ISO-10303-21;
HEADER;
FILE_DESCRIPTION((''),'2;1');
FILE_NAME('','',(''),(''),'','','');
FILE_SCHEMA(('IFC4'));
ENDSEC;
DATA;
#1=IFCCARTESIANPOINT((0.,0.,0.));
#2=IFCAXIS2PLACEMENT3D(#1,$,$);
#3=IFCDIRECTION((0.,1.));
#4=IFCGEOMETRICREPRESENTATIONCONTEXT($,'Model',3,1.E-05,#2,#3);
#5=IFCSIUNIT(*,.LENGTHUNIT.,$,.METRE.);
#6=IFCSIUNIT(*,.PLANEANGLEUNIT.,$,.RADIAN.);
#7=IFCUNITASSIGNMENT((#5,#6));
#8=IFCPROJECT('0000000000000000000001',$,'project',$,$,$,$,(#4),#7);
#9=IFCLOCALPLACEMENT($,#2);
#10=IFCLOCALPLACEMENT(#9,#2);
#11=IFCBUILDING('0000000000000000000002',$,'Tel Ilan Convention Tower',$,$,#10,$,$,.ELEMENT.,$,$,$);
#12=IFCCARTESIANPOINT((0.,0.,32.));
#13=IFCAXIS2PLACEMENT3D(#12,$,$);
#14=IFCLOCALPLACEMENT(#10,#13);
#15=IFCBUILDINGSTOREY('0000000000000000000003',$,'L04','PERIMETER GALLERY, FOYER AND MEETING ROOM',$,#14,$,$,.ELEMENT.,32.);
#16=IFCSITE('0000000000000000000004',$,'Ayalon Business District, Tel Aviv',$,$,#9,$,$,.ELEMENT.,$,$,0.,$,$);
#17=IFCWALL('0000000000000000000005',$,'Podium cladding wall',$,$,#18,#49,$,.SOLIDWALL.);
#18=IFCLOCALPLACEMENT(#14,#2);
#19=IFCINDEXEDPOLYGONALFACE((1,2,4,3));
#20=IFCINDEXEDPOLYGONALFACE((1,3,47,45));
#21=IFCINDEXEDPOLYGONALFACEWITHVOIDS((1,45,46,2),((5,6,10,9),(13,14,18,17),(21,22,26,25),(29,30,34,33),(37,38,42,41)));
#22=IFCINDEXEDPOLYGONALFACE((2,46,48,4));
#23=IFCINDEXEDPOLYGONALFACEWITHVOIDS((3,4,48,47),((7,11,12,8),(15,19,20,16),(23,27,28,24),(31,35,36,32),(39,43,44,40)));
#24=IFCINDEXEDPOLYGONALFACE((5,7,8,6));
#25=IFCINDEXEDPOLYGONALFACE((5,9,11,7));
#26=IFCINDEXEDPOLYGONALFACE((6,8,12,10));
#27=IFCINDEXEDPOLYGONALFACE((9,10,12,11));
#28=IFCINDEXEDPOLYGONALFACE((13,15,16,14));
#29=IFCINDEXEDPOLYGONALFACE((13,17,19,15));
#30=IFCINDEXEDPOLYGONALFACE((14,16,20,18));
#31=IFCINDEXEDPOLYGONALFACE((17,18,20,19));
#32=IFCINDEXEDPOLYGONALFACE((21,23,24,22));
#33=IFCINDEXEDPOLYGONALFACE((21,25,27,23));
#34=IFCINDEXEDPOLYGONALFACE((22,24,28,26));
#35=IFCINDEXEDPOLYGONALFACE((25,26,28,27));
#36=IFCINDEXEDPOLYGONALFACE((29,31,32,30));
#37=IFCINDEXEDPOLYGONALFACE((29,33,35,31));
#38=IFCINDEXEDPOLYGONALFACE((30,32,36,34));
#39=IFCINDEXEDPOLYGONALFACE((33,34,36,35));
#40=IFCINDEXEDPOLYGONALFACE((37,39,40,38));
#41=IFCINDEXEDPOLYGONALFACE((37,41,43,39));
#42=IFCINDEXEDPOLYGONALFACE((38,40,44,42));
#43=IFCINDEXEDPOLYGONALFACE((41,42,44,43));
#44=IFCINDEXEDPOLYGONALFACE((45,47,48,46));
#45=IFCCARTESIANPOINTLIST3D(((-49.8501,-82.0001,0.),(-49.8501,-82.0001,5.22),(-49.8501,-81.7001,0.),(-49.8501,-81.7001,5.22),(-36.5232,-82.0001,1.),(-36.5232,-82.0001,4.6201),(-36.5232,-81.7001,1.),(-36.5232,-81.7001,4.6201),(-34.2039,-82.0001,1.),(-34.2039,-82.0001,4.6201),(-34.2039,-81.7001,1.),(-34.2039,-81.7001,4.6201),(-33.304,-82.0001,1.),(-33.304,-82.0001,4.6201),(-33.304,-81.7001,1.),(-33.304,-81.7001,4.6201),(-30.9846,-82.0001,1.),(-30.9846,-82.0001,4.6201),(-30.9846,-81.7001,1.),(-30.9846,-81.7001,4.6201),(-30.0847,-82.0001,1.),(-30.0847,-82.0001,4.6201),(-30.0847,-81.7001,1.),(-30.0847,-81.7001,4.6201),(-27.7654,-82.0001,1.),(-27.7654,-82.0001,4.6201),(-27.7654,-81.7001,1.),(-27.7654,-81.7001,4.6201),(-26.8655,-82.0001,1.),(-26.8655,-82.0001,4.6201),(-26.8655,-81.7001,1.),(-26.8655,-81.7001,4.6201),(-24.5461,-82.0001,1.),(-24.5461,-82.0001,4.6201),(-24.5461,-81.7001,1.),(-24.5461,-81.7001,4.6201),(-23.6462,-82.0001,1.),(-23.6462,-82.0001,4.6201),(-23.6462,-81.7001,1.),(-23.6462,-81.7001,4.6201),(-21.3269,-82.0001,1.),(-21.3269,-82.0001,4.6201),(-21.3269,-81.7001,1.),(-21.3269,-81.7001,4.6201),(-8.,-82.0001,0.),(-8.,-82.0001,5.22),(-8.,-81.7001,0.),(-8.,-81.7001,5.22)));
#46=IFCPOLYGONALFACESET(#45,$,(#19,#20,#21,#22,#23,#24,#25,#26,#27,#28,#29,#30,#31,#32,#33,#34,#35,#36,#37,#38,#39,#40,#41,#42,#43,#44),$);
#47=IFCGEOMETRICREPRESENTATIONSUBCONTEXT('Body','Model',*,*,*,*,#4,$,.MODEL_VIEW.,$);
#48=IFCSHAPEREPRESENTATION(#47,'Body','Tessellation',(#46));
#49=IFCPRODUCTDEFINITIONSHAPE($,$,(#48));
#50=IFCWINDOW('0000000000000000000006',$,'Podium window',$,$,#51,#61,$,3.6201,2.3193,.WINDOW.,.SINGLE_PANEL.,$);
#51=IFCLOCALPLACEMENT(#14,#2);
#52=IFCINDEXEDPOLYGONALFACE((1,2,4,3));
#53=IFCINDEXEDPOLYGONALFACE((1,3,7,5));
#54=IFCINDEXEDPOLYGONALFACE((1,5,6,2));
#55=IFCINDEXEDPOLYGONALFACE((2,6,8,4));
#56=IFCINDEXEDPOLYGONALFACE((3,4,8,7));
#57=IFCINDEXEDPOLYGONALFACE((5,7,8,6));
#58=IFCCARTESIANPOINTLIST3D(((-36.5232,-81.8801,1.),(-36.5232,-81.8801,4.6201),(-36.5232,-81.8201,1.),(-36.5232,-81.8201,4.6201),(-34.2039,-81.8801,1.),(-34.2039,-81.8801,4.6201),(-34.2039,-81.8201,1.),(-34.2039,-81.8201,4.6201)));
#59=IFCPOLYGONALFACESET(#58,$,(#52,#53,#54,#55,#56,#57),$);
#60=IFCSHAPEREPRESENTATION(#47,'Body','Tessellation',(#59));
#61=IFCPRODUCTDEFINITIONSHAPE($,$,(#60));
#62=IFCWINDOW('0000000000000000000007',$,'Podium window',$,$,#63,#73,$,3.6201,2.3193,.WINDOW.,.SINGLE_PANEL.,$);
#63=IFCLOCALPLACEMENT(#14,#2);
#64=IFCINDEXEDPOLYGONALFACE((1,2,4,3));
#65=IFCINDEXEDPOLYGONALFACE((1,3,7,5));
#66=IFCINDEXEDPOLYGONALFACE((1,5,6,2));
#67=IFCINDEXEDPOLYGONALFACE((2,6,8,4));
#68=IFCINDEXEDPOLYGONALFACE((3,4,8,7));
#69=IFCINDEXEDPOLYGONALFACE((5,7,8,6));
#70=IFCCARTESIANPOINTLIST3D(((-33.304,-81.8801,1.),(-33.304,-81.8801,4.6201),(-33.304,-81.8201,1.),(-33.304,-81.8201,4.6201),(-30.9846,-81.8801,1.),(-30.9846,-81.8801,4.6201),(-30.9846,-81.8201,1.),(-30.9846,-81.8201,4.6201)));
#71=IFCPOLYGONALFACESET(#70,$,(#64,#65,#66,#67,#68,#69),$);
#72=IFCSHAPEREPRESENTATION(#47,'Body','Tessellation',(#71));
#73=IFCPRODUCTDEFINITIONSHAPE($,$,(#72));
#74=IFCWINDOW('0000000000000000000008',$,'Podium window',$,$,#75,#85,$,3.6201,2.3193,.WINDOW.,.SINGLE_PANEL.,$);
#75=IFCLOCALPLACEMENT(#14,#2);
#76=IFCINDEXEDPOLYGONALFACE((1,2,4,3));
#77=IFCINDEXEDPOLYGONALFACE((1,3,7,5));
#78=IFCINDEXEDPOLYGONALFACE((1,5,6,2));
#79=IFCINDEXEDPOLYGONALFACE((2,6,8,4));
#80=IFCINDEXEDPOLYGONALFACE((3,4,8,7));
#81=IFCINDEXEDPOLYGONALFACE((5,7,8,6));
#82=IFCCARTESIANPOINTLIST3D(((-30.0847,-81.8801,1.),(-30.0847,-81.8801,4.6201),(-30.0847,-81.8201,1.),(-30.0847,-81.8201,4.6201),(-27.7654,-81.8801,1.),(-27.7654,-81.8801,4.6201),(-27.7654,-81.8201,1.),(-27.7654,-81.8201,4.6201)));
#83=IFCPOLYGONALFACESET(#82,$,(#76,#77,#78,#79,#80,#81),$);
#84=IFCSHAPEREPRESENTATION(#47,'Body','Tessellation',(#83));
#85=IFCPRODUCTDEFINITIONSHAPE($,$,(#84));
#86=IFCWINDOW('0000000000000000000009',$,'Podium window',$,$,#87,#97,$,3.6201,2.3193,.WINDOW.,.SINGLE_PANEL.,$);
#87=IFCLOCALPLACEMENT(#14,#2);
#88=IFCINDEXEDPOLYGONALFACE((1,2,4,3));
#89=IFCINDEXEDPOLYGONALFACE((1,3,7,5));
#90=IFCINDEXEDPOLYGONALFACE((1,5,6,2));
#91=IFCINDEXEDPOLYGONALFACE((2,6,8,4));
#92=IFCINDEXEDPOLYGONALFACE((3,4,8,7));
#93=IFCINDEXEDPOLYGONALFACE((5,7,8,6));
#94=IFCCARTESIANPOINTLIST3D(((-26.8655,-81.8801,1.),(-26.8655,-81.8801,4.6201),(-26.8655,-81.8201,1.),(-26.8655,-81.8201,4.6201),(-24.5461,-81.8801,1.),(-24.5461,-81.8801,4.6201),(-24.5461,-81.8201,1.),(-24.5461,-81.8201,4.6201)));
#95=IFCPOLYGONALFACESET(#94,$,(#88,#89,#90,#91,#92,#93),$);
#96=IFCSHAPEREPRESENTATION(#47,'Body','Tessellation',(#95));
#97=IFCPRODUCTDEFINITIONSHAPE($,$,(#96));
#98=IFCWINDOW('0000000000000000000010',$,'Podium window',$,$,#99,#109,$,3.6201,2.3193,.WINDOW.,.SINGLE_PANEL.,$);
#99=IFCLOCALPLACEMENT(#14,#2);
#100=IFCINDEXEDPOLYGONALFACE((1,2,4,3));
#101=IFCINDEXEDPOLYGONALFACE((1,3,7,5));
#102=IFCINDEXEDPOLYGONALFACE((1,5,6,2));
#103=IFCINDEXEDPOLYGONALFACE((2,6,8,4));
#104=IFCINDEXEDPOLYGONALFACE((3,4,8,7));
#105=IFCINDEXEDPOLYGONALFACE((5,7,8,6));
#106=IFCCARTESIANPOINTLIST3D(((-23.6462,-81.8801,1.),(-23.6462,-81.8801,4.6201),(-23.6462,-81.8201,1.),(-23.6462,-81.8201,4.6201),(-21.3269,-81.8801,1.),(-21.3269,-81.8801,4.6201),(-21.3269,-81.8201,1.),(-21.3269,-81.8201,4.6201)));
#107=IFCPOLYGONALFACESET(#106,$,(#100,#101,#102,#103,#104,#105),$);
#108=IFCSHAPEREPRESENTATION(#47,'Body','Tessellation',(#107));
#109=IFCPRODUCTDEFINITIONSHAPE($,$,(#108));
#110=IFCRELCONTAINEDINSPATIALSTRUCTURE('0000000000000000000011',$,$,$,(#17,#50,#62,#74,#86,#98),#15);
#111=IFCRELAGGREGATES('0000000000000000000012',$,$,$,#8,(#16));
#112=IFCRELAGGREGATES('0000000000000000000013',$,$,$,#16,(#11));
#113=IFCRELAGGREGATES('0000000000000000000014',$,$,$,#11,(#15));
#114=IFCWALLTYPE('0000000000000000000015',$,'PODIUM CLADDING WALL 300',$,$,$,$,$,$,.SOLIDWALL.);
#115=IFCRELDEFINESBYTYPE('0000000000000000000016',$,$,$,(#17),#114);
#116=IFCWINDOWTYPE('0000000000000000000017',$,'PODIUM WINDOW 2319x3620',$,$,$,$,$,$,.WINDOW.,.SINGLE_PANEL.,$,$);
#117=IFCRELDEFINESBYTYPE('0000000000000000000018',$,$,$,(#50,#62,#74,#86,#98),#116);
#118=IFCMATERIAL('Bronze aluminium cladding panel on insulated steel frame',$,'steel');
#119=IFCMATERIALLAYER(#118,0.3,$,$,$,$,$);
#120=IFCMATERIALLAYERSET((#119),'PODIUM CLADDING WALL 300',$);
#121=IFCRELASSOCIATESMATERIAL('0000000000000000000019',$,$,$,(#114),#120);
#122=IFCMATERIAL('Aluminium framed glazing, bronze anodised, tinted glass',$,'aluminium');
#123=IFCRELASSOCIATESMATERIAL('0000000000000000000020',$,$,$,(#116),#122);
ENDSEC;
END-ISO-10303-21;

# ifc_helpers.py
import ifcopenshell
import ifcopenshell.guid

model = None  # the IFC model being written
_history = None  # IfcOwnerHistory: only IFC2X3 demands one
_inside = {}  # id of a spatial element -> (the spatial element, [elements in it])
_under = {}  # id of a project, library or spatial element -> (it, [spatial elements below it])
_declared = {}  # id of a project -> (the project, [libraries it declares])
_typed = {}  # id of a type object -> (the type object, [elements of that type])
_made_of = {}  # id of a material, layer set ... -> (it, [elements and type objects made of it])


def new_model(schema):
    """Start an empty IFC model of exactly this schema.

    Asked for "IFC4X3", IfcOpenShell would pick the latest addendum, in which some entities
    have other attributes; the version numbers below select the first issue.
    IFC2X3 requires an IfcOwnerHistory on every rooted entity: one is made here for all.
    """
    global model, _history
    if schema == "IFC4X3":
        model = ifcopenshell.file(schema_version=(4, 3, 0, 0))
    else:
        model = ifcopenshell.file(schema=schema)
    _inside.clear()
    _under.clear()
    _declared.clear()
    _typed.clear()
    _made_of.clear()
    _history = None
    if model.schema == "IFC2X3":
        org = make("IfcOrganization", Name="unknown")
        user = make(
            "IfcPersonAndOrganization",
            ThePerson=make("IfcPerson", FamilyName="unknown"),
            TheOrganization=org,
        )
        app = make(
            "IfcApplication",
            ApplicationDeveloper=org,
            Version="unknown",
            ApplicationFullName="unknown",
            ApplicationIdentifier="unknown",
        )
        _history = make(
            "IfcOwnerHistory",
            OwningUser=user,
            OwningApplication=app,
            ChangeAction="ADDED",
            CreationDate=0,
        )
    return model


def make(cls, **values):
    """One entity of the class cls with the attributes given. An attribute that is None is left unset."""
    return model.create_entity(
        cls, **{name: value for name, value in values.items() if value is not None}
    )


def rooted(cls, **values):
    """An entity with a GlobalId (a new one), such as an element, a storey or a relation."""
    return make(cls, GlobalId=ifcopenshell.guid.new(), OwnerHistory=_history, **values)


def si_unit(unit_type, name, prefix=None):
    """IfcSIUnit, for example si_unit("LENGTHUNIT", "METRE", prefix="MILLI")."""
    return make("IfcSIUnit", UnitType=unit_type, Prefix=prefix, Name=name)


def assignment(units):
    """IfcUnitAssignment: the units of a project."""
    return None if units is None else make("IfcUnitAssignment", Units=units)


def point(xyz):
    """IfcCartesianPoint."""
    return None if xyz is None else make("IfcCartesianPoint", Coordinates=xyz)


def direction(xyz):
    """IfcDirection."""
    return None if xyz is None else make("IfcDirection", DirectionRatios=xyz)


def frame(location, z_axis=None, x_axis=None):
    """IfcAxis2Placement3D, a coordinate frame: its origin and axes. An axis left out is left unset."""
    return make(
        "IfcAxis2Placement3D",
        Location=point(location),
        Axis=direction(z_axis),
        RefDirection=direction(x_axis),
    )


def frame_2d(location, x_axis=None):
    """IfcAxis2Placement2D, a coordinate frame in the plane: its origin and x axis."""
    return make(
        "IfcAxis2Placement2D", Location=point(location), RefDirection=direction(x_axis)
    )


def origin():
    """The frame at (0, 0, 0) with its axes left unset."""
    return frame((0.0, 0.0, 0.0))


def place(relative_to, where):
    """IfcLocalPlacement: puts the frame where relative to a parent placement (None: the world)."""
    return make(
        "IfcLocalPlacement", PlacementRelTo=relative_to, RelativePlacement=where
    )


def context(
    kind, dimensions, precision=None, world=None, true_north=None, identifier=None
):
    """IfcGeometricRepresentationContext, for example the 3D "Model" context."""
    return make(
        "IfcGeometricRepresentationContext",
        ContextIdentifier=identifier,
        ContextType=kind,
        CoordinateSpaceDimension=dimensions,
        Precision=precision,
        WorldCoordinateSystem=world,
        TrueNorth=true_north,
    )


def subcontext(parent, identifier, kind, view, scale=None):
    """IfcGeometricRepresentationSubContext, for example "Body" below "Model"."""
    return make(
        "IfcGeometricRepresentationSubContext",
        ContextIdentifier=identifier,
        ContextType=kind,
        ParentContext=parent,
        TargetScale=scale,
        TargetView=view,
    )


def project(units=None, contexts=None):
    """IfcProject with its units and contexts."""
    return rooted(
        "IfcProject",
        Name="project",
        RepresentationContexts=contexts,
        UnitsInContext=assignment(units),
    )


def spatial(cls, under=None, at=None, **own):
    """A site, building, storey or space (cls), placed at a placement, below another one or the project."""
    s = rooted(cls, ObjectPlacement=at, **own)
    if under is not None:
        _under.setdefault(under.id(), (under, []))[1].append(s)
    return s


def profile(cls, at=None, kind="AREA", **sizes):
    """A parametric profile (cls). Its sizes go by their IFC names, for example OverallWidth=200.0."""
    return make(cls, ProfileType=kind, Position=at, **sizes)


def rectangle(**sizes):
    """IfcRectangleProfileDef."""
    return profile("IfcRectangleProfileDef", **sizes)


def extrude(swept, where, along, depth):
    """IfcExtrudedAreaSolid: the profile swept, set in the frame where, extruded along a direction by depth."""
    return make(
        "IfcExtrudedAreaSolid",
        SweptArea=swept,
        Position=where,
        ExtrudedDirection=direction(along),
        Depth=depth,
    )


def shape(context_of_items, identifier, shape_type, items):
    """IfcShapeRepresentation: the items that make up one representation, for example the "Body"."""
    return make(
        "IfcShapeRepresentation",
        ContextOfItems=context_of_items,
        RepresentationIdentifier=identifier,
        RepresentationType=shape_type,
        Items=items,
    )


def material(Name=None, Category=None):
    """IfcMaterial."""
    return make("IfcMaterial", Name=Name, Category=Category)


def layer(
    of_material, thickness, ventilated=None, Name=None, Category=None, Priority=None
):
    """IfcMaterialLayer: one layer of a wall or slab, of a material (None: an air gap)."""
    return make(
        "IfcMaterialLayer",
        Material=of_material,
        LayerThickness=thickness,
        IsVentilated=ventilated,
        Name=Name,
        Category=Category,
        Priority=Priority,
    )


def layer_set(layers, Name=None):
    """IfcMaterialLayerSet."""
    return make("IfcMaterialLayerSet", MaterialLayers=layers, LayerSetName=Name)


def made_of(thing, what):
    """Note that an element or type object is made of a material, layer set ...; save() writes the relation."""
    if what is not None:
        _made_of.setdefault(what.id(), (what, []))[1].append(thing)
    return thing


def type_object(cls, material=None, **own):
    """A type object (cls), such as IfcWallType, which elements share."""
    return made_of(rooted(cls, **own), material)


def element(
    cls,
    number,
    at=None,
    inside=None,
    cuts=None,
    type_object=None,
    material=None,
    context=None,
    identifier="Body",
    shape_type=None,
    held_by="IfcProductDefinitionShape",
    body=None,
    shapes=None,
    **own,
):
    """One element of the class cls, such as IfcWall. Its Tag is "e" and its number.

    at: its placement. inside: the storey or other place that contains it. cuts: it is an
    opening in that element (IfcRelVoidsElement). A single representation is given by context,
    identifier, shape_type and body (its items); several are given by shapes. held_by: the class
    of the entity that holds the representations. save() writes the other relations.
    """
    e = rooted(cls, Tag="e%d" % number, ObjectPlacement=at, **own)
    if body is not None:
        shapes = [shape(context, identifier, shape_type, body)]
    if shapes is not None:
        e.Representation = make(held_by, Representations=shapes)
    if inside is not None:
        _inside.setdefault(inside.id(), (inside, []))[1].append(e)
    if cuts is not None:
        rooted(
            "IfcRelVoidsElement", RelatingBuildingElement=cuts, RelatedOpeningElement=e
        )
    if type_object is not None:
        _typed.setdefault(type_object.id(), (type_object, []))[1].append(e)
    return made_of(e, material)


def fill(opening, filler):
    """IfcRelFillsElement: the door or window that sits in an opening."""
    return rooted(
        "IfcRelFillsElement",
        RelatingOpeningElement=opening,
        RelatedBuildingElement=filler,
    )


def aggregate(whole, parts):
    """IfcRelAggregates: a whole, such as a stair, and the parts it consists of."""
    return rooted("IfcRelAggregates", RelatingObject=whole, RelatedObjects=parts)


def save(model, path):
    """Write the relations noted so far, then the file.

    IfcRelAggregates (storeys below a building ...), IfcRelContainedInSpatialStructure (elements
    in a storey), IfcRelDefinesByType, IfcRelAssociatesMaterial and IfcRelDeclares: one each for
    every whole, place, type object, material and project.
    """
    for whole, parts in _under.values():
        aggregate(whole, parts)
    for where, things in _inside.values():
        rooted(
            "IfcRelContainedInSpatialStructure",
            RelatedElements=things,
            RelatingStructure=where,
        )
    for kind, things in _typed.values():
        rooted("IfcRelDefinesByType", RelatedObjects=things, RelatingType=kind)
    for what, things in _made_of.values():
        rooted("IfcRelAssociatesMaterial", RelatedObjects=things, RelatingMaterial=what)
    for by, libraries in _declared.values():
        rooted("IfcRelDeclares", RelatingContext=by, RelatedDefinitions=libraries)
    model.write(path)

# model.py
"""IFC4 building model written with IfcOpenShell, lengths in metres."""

from ifc_helpers import new_model, si_unit, direction, frame, frame_2d, origin, place, context, subcontext, project, spatial, rectangle, extrude, material, layer, layer_set, type_object, element, fill, save


model = new_model("IFC4")

# Units and contexts
model_context = context("Model", 3, precision=1e-05, world=origin(), true_north=direction((0.0, 1.0)))
body_context = subcontext(model_context, "Body", "Model", "MODEL_VIEW")
ifc_project = project(units=[si_unit("LENGTHUNIT", "METRE"), si_unit("PLANEANGLEUNIT", "RADIAN")], contexts=[model_context])

# Site, building, storey
site_placement = place(None, origin())
site = spatial("IfcSite", under=ifc_project, at=site_placement, Name="Ayalon Business District, Tel Aviv", CompositionType="ELEMENT", RefElevation=0.0)
building_placement = place(site_placement, origin())
building = spatial("IfcBuilding", under=site, at=building_placement, Name="Tel Ilan Convention Tower", CompositionType="ELEMENT")
storey_placement = place(building_placement, frame((0.0, 0.0, 32.0)))
storey = spatial("IfcBuildingStorey", under=building, at=storey_placement, Name="L04", Description="PERIMETER GALLERY, FOYER AND MEETING ROOM", CompositionType="ELEMENT", Elevation=32.0)

# Wall, openings, windows
ifc_material_1 = material(Name="Bronze aluminium cladding panel on insulated steel frame", Category="steel")
ifc_layer = layer(ifc_material_1, 0.3)
ifc_layer_set = layer_set([ifc_layer], Name="PODIUM CLADDING WALL 300")
wall_type = type_object("IfcWallType", Name="PODIUM CLADDING WALL 300", PredefinedType="SOLIDWALL", material=ifc_layer_set)
wall_placement = place(storey_placement, frame((-49.8501, -81.8501, 0.0), z_axis=(0.0, 0.0, 1.0), x_axis=(1.0, 0.0, 0.0)))
wall = element("IfcWall", 1, at=wall_placement, inside=storey, type_object=wall_type, Name="Podium cladding wall", PredefinedType="SOLIDWALL", context=body_context, shape_type="SweptSolid", body=[
    extrude(rectangle(XDim=41.8501, YDim=0.3, at=frame_2d((20.925, 0.0))), origin(), (0.0, 0.0, 1.0), 5.22),
])
opening_1_placement = place(wall_placement, frame((13.3269, 0.0, 1.0)))
opening_1 = element("IfcOpeningElement", 2, at=opening_1_placement, cuts=wall, PredefinedType="OPENING", context=body_context, shape_type="SweptSolid", body=[
    extrude(rectangle(XDim=2.3193, YDim=3.6201, at=frame_2d((1.1597, 1.8101))), frame((0.0, 0.1599, 0.0), z_axis=(0.0, -1.0, 0.0), x_axis=(1.0, 0.0, 0.0)), (0.0, 0.0, 1.0), 0.3201),
])
opening_2_placement = place(wall_placement, frame((16.5461, 0.0, 1.0)))
opening_2 = element("IfcOpeningElement", 3, at=opening_2_placement, cuts=wall, PredefinedType="OPENING", context=body_context, shape_type="SweptSolid", body=[
    extrude(rectangle(XDim=2.3193, YDim=3.6201, at=frame_2d((1.1597, 1.8101))), frame((0.0, 0.1599, 0.0), z_axis=(0.0, -1.0, 0.0), x_axis=(1.0, 0.0, 0.0)), (0.0, 0.0, 1.0), 0.3201),
])
opening_3_placement = place(wall_placement, frame((19.7654, 0.0, 1.0)))
opening_3 = element("IfcOpeningElement", 4, at=opening_3_placement, cuts=wall, PredefinedType="OPENING", context=body_context, shape_type="SweptSolid", body=[
    extrude(rectangle(XDim=2.3193, YDim=3.6201, at=frame_2d((1.1597, 1.8101))), frame((0.0, 0.1599, 0.0), z_axis=(0.0, -1.0, 0.0), x_axis=(1.0, 0.0, 0.0)), (0.0, 0.0, 1.0), 0.3201),
])
opening_4_placement = place(wall_placement, frame((22.9846, 0.0, 1.0)))
opening_4 = element("IfcOpeningElement", 5, at=opening_4_placement, cuts=wall, PredefinedType="OPENING", context=body_context, shape_type="SweptSolid", body=[
    extrude(rectangle(XDim=2.3193, YDim=3.6201, at=frame_2d((1.1597, 1.8101))), frame((0.0, 0.1599, 0.0), z_axis=(0.0, -1.0, 0.0), x_axis=(1.0, 0.0, 0.0)), (0.0, 0.0, 1.0), 0.3201),
])
opening_5_placement = place(wall_placement, frame((26.2039, 0.0, 1.0)))
opening_5 = element("IfcOpeningElement", 6, at=opening_5_placement, cuts=wall, PredefinedType="OPENING", context=body_context, shape_type="SweptSolid", body=[
    extrude(rectangle(XDim=2.3193, YDim=3.6201, at=frame_2d((1.1597, 1.8101))), frame((0.0, 0.1599, 0.0), z_axis=(0.0, -1.0, 0.0), x_axis=(1.0, 0.0, 0.0)), (0.0, 0.0, 1.0), 0.3201),
])
ifc_material_2 = material(Name="Aluminium framed glazing, bronze anodised, tinted glass", Category="aluminium")
window_type = type_object("IfcWindowType", Name="PODIUM WINDOW 2319x3620", PartitioningType="SINGLE_PANEL", PredefinedType="WINDOW", material=ifc_material_2)
window_1_placement = place(opening_1_placement, origin())
window_1 = element("IfcWindow", 7, at=window_1_placement, inside=storey, type_object=window_type, Name="Podium window", OverallHeight=3.6201, OverallWidth=2.3193, PartitioningType="SINGLE_PANEL", PredefinedType="WINDOW", context=body_context, shape_type="SweptSolid", body=[
    extrude(rectangle(XDim=2.3193, YDim=3.6201, at=frame_2d((1.1597, 1.8101))), frame((0.0, 0.03, 0.0), z_axis=(0.0, -1.0, 0.0), x_axis=(1.0, 0.0, 0.0)), (0.0, 0.0, 1.0), 0.0601),
])
fill(opening_1, window_1)
window_2_placement = place(opening_2_placement, origin())
window_2 = element("IfcWindow", 8, at=window_2_placement, inside=storey, type_object=window_type, Name="Podium window", OverallHeight=3.6201, OverallWidth=2.3193, PartitioningType="SINGLE_PANEL", PredefinedType="WINDOW", context=body_context, shape_type="SweptSolid", body=[
    extrude(rectangle(XDim=2.3193, YDim=3.6201, at=frame_2d((1.1597, 1.8101))), frame((0.0, 0.03, 0.0), z_axis=(0.0, -1.0, 0.0), x_axis=(1.0, 0.0, 0.0)), (0.0, 0.0, 1.0), 0.0601),
])
fill(opening_2, window_2)
window_3_placement = place(opening_3_placement, origin())
window_3 = element("IfcWindow", 9, at=window_3_placement, inside=storey, type_object=window_type, Name="Podium window", OverallHeight=3.6201, OverallWidth=2.3193, PartitioningType="SINGLE_PANEL", PredefinedType="WINDOW", context=body_context, shape_type="SweptSolid", body=[
    extrude(rectangle(XDim=2.3193, YDim=3.6201, at=frame_2d((1.1597, 1.8101))), frame((0.0, 0.03, 0.0), z_axis=(0.0, -1.0, 0.0), x_axis=(1.0, 0.0, 0.0)), (0.0, 0.0, 1.0), 0.0601),
])
fill(opening_3, window_3)
window_4_placement = place(opening_4_placement, origin())
window_4 = element("IfcWindow", 10, at=window_4_placement, inside=storey, type_object=window_type, Name="Podium window", OverallHeight=3.6201, OverallWidth=2.3193, PartitioningType="SINGLE_PANEL", PredefinedType="WINDOW", context=body_context, shape_type="SweptSolid", body=[
    extrude(rectangle(XDim=2.3193, YDim=3.6201, at=frame_2d((1.1597, 1.8101))), frame((0.0, 0.03, 0.0), z_axis=(0.0, -1.0, 0.0), x_axis=(1.0, 0.0, 0.0)), (0.0, 0.0, 1.0), 0.0601),
])
fill(opening_4, window_4)
window_5_placement = place(opening_5_placement, origin())
window_5 = element("IfcWindow", 11, at=window_5_placement, inside=storey, type_object=window_type, Name="Podium window", OverallHeight=3.6201, OverallWidth=2.3193, PartitioningType="SINGLE_PANEL", PredefinedType="WINDOW", context=body_context, shape_type="SweptSolid", body=[
    extrude(rectangle(XDim=2.3193, YDim=3.6201, at=frame_2d((1.1597, 1.8101))), frame((0.0, 0.03, 0.0), z_axis=(0.0, -1.0, 0.0), x_axis=(1.0, 0.0, 0.0)), (0.0, 0.0, 1.0), 0.0601),
])
fill(opening_5, window_5)

save(model, "model.ifc")
